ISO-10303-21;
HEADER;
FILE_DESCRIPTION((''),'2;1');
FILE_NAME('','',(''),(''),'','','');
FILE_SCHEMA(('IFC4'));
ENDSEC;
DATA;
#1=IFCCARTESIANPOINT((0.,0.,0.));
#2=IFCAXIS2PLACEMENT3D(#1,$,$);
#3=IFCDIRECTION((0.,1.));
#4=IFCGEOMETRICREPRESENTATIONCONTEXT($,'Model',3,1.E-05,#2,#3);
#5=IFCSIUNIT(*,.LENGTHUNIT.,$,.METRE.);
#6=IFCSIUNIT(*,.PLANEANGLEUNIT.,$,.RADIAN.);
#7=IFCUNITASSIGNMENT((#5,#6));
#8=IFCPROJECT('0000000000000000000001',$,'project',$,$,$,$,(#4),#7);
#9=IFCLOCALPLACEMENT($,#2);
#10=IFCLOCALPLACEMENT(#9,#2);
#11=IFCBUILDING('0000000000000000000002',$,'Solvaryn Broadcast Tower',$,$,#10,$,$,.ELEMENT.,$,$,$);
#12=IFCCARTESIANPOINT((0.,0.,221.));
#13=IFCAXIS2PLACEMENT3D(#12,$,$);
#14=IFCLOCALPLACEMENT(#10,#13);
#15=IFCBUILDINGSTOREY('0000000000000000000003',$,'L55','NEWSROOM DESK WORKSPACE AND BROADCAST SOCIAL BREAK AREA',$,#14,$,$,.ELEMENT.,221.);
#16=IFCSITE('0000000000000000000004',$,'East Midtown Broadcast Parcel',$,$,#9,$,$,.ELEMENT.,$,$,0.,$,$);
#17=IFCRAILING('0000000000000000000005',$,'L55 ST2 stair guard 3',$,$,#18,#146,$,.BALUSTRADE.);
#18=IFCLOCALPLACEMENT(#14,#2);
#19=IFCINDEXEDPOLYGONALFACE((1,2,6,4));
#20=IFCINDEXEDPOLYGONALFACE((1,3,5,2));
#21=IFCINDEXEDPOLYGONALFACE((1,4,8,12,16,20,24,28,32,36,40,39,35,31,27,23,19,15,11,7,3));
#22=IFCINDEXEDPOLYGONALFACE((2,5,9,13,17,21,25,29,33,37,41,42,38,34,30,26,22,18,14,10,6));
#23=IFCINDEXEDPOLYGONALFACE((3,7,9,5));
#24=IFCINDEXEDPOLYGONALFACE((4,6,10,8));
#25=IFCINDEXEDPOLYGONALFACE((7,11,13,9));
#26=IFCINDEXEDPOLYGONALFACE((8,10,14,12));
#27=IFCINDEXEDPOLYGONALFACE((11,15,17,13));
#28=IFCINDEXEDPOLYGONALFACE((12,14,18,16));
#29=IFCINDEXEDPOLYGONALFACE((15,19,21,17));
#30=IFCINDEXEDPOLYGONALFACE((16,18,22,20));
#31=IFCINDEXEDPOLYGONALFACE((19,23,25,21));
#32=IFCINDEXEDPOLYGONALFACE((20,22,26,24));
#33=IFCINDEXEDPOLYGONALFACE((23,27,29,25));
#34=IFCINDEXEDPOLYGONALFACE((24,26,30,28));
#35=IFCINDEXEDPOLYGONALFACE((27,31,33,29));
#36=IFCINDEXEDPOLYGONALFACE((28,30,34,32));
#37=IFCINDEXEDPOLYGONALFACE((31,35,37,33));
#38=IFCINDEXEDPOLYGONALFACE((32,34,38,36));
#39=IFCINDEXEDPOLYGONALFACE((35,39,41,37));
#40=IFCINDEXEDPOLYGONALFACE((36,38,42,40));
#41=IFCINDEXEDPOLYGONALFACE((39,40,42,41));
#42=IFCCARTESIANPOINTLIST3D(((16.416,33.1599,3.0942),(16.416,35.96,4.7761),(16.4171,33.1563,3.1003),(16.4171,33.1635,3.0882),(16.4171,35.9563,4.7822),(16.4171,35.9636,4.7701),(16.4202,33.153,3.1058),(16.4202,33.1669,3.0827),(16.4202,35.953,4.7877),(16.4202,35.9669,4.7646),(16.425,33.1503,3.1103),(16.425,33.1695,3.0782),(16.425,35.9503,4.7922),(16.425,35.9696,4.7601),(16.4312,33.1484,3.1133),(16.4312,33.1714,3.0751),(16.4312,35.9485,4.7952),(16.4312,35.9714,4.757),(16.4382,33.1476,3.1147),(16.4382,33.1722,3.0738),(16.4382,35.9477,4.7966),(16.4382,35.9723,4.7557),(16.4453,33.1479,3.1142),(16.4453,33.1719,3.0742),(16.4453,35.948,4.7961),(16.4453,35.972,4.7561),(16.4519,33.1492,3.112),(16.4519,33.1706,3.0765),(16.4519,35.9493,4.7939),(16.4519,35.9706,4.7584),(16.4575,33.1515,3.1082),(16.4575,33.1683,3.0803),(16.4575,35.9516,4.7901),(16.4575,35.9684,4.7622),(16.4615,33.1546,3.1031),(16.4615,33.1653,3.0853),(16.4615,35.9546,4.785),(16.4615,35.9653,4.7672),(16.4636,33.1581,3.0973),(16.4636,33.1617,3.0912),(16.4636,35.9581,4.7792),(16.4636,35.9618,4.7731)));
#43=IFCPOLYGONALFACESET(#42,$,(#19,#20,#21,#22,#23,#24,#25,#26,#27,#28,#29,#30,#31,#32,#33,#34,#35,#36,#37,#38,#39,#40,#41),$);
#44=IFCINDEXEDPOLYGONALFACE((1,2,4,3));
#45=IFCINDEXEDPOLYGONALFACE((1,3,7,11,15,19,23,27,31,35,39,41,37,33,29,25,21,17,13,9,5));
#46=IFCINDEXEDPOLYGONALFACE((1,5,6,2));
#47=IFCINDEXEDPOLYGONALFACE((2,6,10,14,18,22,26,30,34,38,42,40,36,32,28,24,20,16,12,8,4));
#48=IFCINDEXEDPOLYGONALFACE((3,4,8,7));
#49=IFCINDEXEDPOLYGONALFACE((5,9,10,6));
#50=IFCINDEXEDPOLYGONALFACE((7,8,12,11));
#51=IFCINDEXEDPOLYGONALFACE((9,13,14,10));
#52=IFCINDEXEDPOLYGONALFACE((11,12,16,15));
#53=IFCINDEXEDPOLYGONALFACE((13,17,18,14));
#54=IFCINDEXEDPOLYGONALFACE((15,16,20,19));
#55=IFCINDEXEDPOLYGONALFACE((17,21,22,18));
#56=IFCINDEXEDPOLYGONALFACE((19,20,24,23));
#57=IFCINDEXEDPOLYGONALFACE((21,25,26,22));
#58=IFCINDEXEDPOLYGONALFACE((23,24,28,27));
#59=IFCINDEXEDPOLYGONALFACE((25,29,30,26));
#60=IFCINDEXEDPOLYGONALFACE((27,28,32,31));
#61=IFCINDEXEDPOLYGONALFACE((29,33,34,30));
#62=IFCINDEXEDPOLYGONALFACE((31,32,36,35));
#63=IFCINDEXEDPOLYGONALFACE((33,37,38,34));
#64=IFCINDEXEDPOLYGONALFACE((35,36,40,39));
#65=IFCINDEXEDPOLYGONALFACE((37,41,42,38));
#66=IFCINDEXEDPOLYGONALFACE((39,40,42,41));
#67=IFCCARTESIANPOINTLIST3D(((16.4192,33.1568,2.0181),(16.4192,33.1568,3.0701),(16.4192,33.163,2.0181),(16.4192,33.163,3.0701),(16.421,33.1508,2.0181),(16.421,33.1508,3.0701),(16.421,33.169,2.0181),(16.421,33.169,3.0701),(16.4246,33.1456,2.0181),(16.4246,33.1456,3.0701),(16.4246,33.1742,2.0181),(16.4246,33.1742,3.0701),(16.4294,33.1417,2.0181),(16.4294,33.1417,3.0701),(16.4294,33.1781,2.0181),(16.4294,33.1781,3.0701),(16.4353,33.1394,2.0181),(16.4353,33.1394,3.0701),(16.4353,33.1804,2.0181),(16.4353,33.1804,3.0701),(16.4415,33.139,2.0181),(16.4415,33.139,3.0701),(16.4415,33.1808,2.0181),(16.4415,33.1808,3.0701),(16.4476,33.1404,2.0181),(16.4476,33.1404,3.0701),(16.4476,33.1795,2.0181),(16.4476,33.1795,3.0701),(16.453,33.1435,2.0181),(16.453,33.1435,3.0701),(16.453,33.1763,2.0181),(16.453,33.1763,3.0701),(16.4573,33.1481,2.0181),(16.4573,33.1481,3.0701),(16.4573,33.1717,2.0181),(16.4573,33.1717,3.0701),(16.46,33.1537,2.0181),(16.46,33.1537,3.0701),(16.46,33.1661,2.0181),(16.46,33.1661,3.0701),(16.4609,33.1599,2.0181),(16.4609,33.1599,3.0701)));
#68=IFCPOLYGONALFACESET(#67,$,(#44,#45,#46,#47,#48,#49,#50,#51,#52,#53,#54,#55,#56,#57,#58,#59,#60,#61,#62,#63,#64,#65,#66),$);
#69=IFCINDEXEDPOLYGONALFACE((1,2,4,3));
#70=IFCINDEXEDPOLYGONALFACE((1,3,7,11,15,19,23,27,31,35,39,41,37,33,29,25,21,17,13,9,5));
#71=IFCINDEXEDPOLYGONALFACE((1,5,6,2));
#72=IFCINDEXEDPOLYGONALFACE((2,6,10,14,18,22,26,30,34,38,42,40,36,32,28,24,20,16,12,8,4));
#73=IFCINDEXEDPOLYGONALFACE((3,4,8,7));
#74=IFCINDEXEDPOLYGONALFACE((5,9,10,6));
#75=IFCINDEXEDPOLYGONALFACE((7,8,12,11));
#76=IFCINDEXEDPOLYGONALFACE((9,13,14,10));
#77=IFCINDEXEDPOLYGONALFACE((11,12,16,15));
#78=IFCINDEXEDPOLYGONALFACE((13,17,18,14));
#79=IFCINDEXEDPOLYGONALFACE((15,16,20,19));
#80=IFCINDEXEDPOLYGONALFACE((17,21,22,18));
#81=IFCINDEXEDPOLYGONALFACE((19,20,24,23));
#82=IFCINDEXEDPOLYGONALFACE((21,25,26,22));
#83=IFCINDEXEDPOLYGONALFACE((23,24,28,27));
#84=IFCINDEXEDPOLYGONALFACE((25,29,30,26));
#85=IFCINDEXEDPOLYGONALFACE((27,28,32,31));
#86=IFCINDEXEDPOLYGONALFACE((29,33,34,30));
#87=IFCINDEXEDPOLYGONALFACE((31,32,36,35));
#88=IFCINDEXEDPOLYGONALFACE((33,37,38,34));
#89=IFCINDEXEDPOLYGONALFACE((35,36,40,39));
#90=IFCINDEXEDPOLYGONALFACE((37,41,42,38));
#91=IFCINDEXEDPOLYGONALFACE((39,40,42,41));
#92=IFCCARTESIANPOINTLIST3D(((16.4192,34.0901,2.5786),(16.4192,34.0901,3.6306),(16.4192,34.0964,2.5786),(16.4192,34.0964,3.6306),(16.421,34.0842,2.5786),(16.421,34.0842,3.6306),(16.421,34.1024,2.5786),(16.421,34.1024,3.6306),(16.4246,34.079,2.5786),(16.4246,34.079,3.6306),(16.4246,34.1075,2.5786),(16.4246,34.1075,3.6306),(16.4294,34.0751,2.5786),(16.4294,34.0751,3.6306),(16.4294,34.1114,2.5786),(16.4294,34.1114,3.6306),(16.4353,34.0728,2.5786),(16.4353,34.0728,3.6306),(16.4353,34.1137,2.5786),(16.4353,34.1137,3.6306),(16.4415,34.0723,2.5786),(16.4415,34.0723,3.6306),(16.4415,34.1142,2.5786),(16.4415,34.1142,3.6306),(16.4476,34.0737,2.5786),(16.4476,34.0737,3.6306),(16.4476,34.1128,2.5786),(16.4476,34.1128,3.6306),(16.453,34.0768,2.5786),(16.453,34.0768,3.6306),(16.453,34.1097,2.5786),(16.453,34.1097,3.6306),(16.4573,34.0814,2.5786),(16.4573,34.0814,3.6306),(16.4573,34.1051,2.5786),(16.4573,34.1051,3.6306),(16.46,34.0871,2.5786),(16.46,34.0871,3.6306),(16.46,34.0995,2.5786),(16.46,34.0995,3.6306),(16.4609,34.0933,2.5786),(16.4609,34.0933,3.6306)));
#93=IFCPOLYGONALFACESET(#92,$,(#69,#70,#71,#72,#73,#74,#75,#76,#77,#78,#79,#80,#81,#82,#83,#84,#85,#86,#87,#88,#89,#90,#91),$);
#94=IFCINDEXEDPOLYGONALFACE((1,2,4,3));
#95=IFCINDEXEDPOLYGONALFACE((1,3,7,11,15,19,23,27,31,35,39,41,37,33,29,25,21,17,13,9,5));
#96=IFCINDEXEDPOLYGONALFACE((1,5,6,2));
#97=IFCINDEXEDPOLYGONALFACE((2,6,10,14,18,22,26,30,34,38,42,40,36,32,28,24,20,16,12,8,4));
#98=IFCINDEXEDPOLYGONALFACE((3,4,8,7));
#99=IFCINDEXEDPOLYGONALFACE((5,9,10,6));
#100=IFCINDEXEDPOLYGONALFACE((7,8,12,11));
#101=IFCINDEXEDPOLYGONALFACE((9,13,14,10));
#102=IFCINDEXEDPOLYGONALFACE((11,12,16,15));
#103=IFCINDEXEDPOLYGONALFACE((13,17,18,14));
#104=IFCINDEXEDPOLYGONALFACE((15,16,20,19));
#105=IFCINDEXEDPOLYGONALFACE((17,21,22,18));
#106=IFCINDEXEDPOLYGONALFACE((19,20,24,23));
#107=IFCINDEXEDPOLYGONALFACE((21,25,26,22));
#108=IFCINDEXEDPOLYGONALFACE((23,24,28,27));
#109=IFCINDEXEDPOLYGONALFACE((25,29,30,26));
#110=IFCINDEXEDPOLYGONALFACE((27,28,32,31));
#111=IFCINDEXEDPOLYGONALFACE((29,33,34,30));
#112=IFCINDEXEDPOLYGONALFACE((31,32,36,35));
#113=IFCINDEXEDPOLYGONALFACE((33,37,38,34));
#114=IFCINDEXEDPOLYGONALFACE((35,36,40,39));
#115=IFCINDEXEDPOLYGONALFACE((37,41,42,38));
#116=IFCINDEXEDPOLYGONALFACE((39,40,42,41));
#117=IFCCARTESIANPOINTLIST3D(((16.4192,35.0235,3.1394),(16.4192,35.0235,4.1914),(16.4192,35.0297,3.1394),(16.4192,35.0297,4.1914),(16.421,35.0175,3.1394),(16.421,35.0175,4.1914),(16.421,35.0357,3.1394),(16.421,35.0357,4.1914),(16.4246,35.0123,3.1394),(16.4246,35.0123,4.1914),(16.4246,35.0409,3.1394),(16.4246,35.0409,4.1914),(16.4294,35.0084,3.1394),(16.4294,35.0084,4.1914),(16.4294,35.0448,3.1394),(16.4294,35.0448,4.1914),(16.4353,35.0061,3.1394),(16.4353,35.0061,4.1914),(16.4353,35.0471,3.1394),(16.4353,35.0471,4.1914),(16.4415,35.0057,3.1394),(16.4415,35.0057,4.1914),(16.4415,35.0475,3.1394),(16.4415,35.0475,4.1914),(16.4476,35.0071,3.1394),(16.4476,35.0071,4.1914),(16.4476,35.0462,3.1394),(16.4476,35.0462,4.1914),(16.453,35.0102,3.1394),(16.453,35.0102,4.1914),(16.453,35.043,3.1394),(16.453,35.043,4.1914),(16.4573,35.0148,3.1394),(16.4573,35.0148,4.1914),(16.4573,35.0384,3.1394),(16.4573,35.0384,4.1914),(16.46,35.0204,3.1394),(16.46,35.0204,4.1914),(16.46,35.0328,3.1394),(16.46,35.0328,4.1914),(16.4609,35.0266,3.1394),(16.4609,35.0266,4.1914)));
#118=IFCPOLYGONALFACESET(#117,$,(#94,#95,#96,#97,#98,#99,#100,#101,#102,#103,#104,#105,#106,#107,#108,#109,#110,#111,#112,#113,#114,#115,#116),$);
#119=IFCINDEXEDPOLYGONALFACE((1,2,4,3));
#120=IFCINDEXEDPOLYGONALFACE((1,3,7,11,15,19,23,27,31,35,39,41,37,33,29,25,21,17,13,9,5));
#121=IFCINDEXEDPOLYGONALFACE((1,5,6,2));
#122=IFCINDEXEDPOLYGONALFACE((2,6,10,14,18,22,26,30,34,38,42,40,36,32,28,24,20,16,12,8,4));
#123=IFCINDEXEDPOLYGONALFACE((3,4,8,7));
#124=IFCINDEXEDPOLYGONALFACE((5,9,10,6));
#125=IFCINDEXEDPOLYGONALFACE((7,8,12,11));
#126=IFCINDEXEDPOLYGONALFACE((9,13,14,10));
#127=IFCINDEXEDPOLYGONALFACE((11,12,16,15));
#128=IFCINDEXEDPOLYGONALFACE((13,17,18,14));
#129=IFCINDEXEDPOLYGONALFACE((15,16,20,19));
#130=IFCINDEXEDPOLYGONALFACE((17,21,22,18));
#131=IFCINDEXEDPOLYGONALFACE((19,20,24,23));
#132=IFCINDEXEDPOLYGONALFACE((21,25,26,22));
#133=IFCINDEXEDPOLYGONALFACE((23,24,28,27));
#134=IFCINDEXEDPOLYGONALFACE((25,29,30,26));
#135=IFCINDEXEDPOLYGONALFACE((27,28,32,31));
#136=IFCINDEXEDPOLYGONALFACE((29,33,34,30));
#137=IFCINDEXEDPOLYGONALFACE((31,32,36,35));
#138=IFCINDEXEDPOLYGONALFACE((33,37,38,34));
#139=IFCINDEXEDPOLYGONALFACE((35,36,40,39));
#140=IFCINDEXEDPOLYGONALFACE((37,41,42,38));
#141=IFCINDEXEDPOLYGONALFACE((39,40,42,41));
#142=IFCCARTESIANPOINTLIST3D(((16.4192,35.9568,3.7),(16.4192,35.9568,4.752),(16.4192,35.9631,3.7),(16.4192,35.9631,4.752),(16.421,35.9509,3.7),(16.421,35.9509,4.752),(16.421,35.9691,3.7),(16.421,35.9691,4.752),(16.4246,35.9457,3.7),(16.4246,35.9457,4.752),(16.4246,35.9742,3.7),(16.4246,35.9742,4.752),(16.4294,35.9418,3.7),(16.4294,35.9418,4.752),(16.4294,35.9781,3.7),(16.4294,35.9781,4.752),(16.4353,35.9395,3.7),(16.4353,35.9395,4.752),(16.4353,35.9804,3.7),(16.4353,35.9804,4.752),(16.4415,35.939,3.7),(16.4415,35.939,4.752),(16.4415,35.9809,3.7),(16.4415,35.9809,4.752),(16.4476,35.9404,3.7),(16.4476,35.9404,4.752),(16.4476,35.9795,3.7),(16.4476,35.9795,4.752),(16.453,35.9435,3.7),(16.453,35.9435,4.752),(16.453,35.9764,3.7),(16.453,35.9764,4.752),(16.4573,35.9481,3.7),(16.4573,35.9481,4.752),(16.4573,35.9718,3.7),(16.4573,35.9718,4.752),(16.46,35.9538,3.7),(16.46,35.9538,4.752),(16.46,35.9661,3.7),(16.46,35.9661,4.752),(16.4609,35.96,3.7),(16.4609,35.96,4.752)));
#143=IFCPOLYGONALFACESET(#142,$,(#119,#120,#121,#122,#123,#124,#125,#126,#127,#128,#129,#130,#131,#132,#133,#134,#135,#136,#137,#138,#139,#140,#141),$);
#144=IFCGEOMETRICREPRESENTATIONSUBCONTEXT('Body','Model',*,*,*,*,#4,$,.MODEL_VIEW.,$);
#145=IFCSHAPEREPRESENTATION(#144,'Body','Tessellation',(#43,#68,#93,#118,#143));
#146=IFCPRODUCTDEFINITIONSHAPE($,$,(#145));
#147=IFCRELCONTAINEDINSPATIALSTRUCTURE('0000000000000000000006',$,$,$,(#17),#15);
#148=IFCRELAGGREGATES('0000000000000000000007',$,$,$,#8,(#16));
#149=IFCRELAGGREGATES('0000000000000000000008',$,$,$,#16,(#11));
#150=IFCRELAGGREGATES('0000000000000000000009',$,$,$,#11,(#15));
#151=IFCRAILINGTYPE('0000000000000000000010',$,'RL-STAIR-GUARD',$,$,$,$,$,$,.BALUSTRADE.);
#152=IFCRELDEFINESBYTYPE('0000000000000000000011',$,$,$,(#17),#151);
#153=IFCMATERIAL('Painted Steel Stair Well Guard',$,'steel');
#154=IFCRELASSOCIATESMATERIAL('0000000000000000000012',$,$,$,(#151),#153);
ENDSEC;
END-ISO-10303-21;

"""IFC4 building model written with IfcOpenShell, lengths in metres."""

from ifc_helpers import new_model, si_unit, direction, frame, origin, origin_2d, place, context, subcontext, project, spatial, circle, extrude, material, type_object, element, save


model = new_model("IFC4")

# Units and contexts
model_context = context("Model", 3, precision=1e-05, world=origin(), true_north=direction((0.0, 1.0)))
body_context = subcontext(model_context, "Body", "Model", "MODEL_VIEW")
ifc_project = project(units=[si_unit("LENGTHUNIT", "METRE"), si_unit("PLANEANGLEUNIT", "RADIAN")], contexts=[model_context])

# Site, building, storey
site_placement = place(None, origin())
site = spatial("IfcSite", under=ifc_project, at=site_placement, Name="East Midtown Broadcast Parcel", CompositionType="ELEMENT", RefElevation=0.0)
building_placement = place(site_placement, origin())
building = spatial("IfcBuilding", under=site, at=building_placement, Name="Solvaryn Broadcast Tower", CompositionType="ELEMENT")
storey_placement = place(building_placement, frame((0.0, 0.0, 221.0)))
storey = spatial("IfcBuildingStorey", under=building, at=storey_placement, Name="L55", Description="NEWSROOM DESK WORKSPACE AND BROADCAST SOCIAL BREAK AREA", CompositionType="ELEMENT", Elevation=221.0)

# Railing
ifc_material_1 = material(Name="Painted Steel Stair Well Guard", Category="steel")
railing_type_1 = type_object("IfcRailingType", Name="RL-STAIR-GUARD", PredefinedType="BALUSTRADE", material=ifc_material_1)
railing_1_placement = place(storey_placement, frame((16.4399, 33.1599, 2.0181)))
element("IfcRailing", 1, at=railing_1_placement, inside=storey, type_object=railing_type_1, Name="L55 ST2 stair guard 3", PredefinedType="BALUSTRADE", context=body_context, shape_type="SweptSolid", body=[
    extrude(circle(Radius=0.0239, at=origin_2d()), frame((0.0, 0.0, 1.0762), z_axis=(0.0, 0.857242, 0.514913), x_axis=(-1.0, 0.0, 0.0)), (0.0, 0.0, 1.0), 3.2664),
    extrude(circle(Radius=0.021, at=origin_2d()), origin(), (0.0, 0.0, 1.0), 1.052),
    extrude(circle(Radius=0.021, at=origin_2d()), frame((0.0, 0.9333, 0.5605)), (0.0, 0.0, 1.0), 1.052),
    extrude(circle(Radius=0.021, at=origin_2d()), frame((0.0, 1.8667, 1.1213)), (0.0, 0.0, 1.0), 1.052),
    extrude(circle(Radius=0.021, at=origin_2d()), frame((0.0, 2.8, 1.6819)), (0.0, 0.0, 1.0), 1.052),
])

save(model, "model.ifc")
